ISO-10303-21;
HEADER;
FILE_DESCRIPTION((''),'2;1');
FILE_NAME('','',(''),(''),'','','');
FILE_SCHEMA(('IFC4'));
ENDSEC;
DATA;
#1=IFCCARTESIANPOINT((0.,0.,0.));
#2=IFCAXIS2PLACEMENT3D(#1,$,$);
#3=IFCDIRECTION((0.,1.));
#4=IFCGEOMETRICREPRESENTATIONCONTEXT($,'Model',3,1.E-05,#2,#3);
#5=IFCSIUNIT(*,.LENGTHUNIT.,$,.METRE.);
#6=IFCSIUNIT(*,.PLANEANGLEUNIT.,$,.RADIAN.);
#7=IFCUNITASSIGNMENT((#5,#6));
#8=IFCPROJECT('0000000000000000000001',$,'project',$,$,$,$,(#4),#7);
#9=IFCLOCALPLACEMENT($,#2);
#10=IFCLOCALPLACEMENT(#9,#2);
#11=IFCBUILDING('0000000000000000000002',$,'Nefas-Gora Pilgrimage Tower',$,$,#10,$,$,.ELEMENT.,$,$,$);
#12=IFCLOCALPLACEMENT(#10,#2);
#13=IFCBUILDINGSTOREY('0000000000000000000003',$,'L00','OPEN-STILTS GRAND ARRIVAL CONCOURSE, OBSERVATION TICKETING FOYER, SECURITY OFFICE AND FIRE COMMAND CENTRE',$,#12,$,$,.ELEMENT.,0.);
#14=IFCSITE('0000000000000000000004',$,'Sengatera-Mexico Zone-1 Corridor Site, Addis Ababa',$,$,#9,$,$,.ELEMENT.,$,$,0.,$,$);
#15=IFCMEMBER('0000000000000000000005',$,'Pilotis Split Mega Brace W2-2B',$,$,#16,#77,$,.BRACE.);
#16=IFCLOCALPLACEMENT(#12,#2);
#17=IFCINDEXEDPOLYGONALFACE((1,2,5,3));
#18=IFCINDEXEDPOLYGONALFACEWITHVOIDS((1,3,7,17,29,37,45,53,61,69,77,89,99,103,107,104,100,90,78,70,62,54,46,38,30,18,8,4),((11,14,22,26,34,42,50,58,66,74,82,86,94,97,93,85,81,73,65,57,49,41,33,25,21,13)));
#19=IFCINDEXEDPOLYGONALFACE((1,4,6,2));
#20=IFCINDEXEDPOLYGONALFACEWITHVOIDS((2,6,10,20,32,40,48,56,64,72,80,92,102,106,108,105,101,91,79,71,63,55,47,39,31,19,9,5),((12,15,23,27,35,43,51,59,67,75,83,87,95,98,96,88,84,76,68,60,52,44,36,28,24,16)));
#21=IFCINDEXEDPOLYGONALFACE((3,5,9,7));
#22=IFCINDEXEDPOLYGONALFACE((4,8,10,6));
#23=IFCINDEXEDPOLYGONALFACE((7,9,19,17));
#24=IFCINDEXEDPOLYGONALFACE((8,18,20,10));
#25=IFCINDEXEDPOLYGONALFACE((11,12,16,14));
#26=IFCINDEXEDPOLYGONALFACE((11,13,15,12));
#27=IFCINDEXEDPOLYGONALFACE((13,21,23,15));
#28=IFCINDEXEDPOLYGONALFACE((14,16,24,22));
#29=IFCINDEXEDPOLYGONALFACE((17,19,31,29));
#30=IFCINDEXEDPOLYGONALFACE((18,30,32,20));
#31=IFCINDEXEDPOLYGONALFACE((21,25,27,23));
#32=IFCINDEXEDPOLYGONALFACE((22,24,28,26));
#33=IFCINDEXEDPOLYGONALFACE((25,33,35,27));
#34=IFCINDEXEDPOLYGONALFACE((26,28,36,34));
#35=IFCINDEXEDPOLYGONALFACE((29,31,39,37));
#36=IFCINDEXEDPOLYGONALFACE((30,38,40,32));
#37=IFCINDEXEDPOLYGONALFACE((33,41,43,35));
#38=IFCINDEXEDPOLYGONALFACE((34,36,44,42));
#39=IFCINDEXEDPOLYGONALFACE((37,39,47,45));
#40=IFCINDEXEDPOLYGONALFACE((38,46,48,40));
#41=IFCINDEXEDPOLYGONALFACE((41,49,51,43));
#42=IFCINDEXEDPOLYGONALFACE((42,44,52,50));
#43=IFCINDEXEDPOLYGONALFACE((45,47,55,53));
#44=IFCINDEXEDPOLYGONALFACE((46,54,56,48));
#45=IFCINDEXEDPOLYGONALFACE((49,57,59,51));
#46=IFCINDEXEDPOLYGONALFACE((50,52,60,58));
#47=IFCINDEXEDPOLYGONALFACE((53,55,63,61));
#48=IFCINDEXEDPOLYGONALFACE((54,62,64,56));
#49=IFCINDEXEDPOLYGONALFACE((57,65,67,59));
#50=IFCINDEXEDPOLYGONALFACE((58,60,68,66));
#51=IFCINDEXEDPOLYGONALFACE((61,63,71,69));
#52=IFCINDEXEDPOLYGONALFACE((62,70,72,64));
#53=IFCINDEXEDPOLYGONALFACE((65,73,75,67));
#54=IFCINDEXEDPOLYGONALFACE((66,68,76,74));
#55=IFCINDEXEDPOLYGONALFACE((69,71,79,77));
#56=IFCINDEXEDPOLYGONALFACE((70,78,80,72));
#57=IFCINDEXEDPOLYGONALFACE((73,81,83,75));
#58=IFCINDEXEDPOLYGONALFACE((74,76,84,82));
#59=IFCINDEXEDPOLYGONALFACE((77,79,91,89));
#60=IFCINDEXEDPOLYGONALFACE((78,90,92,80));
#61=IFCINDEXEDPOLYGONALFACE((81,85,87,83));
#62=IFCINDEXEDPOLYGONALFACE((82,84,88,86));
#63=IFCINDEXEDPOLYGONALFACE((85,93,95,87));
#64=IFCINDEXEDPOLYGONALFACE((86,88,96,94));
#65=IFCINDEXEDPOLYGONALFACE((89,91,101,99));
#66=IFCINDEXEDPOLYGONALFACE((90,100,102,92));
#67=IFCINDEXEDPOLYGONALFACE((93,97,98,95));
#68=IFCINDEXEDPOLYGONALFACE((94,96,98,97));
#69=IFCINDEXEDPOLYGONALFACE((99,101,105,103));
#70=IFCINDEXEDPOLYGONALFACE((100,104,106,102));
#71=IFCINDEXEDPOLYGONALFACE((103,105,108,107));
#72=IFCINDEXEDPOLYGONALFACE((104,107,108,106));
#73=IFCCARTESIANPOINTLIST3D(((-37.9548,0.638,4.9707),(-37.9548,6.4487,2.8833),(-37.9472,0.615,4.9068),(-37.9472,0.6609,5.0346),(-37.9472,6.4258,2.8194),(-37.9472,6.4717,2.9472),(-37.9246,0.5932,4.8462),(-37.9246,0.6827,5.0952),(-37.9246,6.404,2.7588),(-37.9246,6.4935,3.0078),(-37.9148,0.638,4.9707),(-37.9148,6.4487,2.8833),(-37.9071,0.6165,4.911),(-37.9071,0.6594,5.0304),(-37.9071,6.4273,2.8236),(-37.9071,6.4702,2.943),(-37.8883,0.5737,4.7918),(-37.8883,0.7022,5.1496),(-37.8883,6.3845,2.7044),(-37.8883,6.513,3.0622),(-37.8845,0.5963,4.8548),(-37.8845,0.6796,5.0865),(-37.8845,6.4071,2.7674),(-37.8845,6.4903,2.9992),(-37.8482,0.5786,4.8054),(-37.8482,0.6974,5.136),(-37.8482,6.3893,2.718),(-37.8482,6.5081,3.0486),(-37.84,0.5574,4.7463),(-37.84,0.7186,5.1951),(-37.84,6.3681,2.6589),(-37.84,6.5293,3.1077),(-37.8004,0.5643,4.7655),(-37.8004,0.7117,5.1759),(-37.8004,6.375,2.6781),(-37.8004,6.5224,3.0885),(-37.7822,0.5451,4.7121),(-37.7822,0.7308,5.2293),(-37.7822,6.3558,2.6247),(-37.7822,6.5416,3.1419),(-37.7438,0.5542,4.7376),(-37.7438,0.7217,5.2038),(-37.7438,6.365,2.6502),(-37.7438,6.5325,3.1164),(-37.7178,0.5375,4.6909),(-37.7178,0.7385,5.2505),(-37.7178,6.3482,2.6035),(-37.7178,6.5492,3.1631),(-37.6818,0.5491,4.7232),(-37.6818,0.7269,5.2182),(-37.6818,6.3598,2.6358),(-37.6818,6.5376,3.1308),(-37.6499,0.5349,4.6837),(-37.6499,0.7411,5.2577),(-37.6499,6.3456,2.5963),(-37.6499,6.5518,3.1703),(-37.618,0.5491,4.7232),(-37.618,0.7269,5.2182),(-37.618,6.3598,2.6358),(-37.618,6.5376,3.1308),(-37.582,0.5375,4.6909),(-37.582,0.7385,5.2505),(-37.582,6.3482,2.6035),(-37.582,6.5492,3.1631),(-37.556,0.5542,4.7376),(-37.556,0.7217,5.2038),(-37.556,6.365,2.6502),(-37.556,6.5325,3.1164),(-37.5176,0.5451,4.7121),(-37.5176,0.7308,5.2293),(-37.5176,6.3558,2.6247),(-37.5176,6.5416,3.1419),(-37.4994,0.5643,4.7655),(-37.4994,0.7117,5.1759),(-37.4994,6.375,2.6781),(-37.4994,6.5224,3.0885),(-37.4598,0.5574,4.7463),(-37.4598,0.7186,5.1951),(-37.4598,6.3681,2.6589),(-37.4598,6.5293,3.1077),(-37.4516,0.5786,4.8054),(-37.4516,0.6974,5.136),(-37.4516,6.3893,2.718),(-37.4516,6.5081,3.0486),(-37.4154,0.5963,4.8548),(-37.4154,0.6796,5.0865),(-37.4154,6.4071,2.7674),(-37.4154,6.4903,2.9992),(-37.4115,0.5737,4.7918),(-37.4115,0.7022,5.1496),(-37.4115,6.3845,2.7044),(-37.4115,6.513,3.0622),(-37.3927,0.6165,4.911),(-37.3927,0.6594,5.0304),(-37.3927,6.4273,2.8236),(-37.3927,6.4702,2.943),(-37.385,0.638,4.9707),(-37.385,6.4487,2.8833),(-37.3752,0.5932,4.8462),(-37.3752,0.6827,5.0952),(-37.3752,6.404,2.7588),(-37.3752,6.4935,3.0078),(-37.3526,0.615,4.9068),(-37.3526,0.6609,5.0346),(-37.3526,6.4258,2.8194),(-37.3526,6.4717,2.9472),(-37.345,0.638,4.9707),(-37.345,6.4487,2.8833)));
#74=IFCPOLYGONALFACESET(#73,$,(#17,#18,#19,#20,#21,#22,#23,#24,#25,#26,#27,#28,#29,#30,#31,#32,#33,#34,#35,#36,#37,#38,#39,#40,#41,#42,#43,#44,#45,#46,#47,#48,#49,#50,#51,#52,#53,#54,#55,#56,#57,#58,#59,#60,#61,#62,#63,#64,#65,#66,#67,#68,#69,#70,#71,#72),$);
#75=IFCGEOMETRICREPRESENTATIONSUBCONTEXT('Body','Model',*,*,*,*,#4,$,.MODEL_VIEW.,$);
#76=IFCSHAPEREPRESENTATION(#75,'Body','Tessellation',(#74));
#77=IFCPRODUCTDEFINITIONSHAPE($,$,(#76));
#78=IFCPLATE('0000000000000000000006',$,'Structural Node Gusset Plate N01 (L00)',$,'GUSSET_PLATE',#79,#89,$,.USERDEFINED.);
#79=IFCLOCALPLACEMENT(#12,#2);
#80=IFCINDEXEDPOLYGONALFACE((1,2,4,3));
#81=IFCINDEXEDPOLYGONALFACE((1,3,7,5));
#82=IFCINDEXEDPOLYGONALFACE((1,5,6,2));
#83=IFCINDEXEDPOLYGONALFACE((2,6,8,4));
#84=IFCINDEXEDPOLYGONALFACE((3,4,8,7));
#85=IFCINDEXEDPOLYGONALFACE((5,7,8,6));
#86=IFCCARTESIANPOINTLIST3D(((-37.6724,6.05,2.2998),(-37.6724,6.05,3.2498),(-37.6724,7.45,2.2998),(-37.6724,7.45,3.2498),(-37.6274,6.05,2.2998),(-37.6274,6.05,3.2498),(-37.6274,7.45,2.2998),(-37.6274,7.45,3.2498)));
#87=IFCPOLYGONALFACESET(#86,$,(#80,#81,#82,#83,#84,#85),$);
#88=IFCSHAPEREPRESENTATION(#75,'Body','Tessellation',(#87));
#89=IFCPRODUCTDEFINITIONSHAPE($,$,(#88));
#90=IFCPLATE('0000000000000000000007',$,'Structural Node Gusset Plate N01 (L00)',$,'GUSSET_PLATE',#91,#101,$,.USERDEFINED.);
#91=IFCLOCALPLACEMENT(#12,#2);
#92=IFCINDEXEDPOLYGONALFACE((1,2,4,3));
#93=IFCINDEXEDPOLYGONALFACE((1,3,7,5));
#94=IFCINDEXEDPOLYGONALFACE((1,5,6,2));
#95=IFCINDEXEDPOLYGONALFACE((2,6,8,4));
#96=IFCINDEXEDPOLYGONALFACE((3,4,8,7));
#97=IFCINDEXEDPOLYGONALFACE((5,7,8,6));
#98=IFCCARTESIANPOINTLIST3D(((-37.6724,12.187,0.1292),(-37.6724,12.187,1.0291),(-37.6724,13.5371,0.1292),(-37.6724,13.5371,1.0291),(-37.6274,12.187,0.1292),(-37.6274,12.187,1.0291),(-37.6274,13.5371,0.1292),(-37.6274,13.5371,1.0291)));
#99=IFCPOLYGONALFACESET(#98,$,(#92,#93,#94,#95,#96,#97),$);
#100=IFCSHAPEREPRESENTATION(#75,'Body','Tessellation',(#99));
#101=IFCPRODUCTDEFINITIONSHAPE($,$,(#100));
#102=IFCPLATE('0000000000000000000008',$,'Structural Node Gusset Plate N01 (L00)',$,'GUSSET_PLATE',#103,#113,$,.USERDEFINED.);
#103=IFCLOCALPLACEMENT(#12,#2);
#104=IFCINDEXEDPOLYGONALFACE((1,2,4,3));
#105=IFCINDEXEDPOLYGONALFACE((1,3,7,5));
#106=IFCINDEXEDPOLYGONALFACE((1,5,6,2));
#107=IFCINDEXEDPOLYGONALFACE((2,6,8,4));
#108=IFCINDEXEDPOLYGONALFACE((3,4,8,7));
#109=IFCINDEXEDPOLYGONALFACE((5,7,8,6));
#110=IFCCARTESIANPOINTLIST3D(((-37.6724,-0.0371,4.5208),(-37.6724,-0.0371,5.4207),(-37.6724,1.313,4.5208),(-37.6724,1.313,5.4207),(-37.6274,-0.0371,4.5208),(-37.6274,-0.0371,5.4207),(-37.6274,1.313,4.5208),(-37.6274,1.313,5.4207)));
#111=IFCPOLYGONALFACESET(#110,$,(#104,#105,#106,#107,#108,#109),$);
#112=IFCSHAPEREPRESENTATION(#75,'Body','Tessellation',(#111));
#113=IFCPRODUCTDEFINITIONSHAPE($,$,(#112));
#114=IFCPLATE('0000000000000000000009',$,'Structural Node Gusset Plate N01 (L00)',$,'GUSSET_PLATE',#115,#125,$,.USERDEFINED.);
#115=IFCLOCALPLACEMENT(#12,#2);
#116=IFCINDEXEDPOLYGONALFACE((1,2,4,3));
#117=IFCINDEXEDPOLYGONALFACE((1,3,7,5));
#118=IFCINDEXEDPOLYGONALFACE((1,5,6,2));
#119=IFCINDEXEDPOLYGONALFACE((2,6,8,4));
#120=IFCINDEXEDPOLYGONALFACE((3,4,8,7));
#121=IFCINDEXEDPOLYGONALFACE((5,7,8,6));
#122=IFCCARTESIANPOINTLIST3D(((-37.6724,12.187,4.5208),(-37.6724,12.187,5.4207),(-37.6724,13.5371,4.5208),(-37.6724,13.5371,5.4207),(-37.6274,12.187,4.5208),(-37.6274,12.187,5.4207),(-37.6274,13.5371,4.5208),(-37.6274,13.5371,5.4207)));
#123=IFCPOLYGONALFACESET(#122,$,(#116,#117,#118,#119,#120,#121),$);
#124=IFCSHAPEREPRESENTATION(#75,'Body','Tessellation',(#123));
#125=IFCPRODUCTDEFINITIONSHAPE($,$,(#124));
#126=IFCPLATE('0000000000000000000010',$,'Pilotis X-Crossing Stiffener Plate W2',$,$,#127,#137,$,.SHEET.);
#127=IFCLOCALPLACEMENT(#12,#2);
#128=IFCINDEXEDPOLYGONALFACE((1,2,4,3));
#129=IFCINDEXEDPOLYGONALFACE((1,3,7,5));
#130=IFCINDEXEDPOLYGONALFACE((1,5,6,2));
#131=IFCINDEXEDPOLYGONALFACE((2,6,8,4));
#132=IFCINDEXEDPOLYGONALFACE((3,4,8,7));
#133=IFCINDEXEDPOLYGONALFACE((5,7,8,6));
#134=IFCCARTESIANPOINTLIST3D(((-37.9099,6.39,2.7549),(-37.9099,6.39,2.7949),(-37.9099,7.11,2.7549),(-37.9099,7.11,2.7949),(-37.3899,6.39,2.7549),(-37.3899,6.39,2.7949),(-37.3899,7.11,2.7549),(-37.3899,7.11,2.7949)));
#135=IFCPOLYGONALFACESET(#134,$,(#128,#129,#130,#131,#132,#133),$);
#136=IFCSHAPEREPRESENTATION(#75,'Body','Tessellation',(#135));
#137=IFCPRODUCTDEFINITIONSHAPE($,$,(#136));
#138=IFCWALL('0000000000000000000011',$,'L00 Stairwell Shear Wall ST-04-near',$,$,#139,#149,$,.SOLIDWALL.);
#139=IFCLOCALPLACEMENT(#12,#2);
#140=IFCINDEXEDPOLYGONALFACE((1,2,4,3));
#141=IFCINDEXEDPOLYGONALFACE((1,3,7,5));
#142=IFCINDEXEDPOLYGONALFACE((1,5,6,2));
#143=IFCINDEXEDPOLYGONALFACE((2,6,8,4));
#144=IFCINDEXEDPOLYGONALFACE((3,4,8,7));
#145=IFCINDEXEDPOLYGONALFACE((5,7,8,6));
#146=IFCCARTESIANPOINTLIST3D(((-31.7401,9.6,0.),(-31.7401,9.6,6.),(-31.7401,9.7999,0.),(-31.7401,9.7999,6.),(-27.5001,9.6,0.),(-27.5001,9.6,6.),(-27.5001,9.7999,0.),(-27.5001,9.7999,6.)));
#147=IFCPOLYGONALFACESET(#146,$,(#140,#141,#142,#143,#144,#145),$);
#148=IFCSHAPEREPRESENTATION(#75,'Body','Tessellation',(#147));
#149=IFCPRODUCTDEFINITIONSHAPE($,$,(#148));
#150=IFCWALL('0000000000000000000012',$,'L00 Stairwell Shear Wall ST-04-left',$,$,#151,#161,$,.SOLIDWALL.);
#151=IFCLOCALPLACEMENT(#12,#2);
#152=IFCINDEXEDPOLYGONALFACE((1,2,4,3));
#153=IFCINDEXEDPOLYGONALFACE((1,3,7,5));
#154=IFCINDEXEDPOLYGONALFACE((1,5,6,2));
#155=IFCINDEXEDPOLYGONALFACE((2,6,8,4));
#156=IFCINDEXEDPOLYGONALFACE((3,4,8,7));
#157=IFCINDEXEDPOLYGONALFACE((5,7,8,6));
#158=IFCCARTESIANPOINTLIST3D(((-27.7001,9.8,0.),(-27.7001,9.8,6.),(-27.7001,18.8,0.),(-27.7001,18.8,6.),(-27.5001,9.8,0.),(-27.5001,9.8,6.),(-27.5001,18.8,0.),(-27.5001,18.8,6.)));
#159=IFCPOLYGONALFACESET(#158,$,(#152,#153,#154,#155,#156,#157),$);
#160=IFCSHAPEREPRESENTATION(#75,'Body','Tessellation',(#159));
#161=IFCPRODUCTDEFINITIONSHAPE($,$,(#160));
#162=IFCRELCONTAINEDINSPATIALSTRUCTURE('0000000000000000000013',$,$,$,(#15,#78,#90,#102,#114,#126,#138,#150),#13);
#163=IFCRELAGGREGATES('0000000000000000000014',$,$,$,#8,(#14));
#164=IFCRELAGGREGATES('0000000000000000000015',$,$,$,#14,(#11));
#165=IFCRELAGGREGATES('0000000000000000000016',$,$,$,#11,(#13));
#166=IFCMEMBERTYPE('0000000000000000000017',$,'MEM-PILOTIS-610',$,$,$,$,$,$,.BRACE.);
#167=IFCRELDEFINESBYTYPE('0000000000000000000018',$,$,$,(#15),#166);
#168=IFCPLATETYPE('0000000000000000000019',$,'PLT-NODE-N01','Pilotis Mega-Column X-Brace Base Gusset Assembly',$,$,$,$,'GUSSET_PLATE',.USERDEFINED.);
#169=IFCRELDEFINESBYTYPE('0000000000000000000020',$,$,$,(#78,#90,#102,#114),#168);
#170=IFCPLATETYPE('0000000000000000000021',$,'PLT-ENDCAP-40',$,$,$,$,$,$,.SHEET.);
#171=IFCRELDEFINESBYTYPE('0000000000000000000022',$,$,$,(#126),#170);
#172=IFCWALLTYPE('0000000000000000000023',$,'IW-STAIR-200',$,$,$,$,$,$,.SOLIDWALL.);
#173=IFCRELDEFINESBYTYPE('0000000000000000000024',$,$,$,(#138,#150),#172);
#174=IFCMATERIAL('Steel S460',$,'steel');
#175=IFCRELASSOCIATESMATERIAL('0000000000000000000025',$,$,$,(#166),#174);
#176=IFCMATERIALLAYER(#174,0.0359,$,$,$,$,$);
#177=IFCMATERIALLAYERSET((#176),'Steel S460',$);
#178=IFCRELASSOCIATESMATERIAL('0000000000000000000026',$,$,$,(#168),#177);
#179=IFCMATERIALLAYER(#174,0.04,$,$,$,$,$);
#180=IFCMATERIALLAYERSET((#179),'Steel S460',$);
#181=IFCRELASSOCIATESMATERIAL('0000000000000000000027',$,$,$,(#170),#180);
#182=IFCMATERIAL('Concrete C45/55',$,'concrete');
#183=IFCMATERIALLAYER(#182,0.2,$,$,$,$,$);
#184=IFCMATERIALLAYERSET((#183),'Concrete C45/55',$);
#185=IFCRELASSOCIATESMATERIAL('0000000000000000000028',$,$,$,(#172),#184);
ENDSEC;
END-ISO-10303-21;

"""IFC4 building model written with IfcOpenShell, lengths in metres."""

from ifc_helpers import new_model, si_unit, direction, frame, frame_2d, origin, origin_2d, place, context, subcontext, project, spatial, rectangle, hollow_circle, extrude, source, transform, mapped, material, layer, layer_set, material_profile, profile_set, type_object, element, save


model = new_model("IFC4")

# Units and contexts
model_context = context("Model", 3, precision=1e-05, world=origin(), true_north=direction((0.0, 1.0)))
body_context = subcontext(model_context, "Body", "Model", "MODEL_VIEW")
ifc_project = project(units=[si_unit("LENGTHUNIT", "METRE"), si_unit("PLANEANGLEUNIT", "RADIAN")], contexts=[model_context])

# Site, building, storey
site_placement = place(None, origin())
site = spatial("IfcSite", under=ifc_project, at=site_placement, Name="Sengatera-Mexico Zone-1 Corridor Site, Addis Ababa", CompositionType="ELEMENT", RefElevation=0.0)
building_placement = place(site_placement, origin())
building = spatial("IfcBuilding", under=site, at=building_placement, Name="Nefas-Gora Pilgrimage Tower", CompositionType="ELEMENT")
storey_placement = place(building_placement, origin())
storey = spatial("IfcBuildingStorey", under=building, at=storey_placement, Name="L00", Description="OPEN-STILTS GRAND ARRIVAL CONCOURSE, OBSERVATION TICKETING FOYER, SECURITY OFFICE AND FIRE COMMAND CENTRE", CompositionType="ELEMENT", Elevation=0.0)

# Shared definitions
ifc_material_1 = material(Name="Steel S460", Category="steel")

# Member
ifc_material_profile_1 = material_profile(ifc_material_1, hollow_circle(Radius=0.3049, WallThickness=0.04, at=origin_2d()), Name="CHS 610x40")
ifc_profile_set_1 = profile_set([ifc_material_profile_1], Name="Steel S460")
member_type = type_object("IfcMemberType", Name="MEM-PILOTIS-610", PredefinedType="BRACE", material=ifc_profile_set_1)
shared_shape_1 = source(origin(), body_context, "Body", "SweptSolid", [
    extrude(hollow_circle(Radius=0.3049, WallThickness=0.04, at=origin_2d()), origin(), (0.0, 0.0, 1.0), 6.1743),
])
for number, where, z_axis, x_axis, name in (
    (1, (-37.6499, 6.4487, 2.8833), (0.0, -0.941119, 0.338077), (1.0, 0.0, 0.0), "Pilotis Split Mega Brace W2-2B"),
):
    element("IfcMember", number, at=place(storey_placement, frame(where, z_axis=z_axis, x_axis=x_axis)), inside=storey, type_object=member_type, Name=name, PredefinedType="BRACE", context=body_context, shape_type="MappedRepresentation", body=[
        mapped(shared_shape_1, transform((0.0, 0.0, 0.0), x_axis=(1.0, 0.0, 0.0), y_axis=(0.0, 1.0, 0.0), z_axis=(0.0, 0.0, 1.0), scale=1.0)),
    ])

# Plates
ifc_layer_1 = layer(ifc_material_1, 0.0359)
ifc_layer_set_1 = layer_set([ifc_layer_1], Name="Steel S460")
plate_type_1 = type_object("IfcPlateType", Name="PLT-NODE-N01", Description="Pilotis Mega-Column X-Brace Base Gusset Assembly", ElementType="GUSSET_PLATE", PredefinedType="USERDEFINED", material=ifc_layer_set_1)
shared_shape_2 = source(origin(), body_context, "Body", "SweptSolid", [
    extrude(rectangle(XDim=1.3999, YDim=0.0449, at=origin_2d()), origin(), (0.0, 0.0, 1.0), 0.95),
])
plate_1_placement = place(storey_placement, frame((-37.6499, 6.75, 2.2998), z_axis=(0.0, 0.0, 1.0), x_axis=(0.0, 1.0, 0.0)))
element("IfcPlate", 2, at=plate_1_placement, inside=storey, type_object=plate_type_1, Name="Structural Node Gusset Plate N01 (L00)", ObjectType="GUSSET_PLATE", PredefinedType="USERDEFINED", context=body_context, shape_type="MappedRepresentation", body=[
    mapped(shared_shape_2, transform((0.0, 0.0, 0.0), x_axis=(1.0, 0.0, 0.0), y_axis=(0.0, 1.0, 0.0), z_axis=(0.0, 0.0, 1.0), scale=1.0)),
])
shared_shape_3 = source(origin(), body_context, "Body", "SweptSolid", [
    extrude(rectangle(XDim=1.3501, YDim=0.0449, at=origin_2d()), origin(), (0.0, 0.0, 1.0), 0.8999),
])
for number, where, z_axis, x_axis, name in (
    (3, (-37.6499, 12.8621, 0.1292), (0.0, 0.0, 1.0), (0.0, 1.0, 0.0), "Structural Node Gusset Plate N01 (L00)"),
    (4, (-37.6499, 0.6379, 4.5208), (0.0, 0.0, 1.0), (0.0, 1.0, 0.0), "Structural Node Gusset Plate N01 (L00)"),
    (5, (-37.6499, 12.8621, 4.5208), (0.0, 0.0, 1.0), (0.0, 1.0, 0.0), "Structural Node Gusset Plate N01 (L00)"),
):
    element("IfcPlate", number, at=place(storey_placement, frame(where, z_axis=z_axis, x_axis=x_axis)), inside=storey, type_object=plate_type_1, Name=name, ObjectType="GUSSET_PLATE", PredefinedType="USERDEFINED", context=body_context, shape_type="MappedRepresentation", body=[
        mapped(shared_shape_3, transform((0.0, 0.0, 0.0), x_axis=(1.0, 0.0, 0.0), y_axis=(0.0, 1.0, 0.0), z_axis=(0.0, 0.0, 1.0), scale=1.0)),
    ])
ifc_layer_2 = layer(ifc_material_1, 0.04)
ifc_layer_set_2 = layer_set([ifc_layer_2], Name="Steel S460")
plate_type_2 = type_object("IfcPlateType", Name="PLT-ENDCAP-40", PredefinedType="SHEET", material=ifc_layer_set_2)
shared_shape_4 = source(origin(), body_context, "Body", "SweptSolid", [
    extrude(rectangle(XDim=0.72, YDim=0.52, at=origin_2d()), origin(), (0.0, 0.0, 1.0), 0.04),
])
plate_2_placement = place(storey_placement, frame((-37.6499, 6.75, 2.7549), z_axis=(0.0, 0.0, 1.0), x_axis=(0.0, 1.0, 0.0)))
element("IfcPlate", 6, at=plate_2_placement, inside=storey, type_object=plate_type_2, Name="Pilotis X-Crossing Stiffener Plate W2", PredefinedType="SHEET", context=body_context, shape_type="MappedRepresentation", body=[
    mapped(shared_shape_4, transform((0.0, 0.0, 0.0), x_axis=(1.0, 0.0, 0.0), y_axis=(0.0, 1.0, 0.0), z_axis=(0.0, 0.0, 1.0), scale=1.0)),
])

# Walls
ifc_material_2 = material(Name="Concrete C45/55", Category="concrete")
ifc_layer_3 = layer(ifc_material_2, 0.2)
ifc_layer_set_3 = layer_set([ifc_layer_3], Name="Concrete C45/55")
wall_type_1 = type_object("IfcWallType", Name="IW-STAIR-200", PredefinedType="SOLIDWALL", material=ifc_layer_set_3)
shared_shape_5 = source(origin(), body_context, "Body", "SweptSolid", [
    extrude(rectangle(XDim=4.24, YDim=0.2, at=frame_2d((2.1201, 0.0))), origin(), (0.0, 0.0, 1.0), 6.0),
])
wall_1_placement = place(storey_placement, frame((-27.5, 9.7, 0.0), z_axis=(0.0, 0.0, 1.0), x_axis=(-1.0, 0.0, 0.0)))
element("IfcWall", 7, at=wall_1_placement, inside=storey, type_object=wall_type_1, Name="L00 Stairwell Shear Wall ST-04-near", PredefinedType="SOLIDWALL", context=body_context, shape_type="MappedRepresentation", body=[
    mapped(shared_shape_5, transform((0.0, 0.0, 0.0), x_axis=(1.0, 0.0, 0.0), y_axis=(0.0, 1.0, 0.0), z_axis=(0.0, 0.0, 1.0), scale=1.0)),
])
shared_shape_6 = source(origin(), body_context, "Body", "SweptSolid", [
    extrude(rectangle(XDim=9.0, YDim=0.2, at=frame_2d((4.5, 0.0))), origin(), (0.0, 0.0, 1.0), 6.0),
])
wall_2_placement = place(storey_placement, frame((-27.6001, 9.8, 0.0), z_axis=(0.0, 0.0, 1.0), x_axis=(0.0, 1.0, 0.0)))
element("IfcWall", 8, at=wall_2_placement, inside=storey, type_object=wall_type_1, Name="L00 Stairwell Shear Wall ST-04-left", PredefinedType="SOLIDWALL", context=body_context, shape_type="MappedRepresentation", body=[
    mapped(shared_shape_6, transform((0.0, 0.0, 0.0), x_axis=(1.0, 0.0, 0.0), y_axis=(0.0, 1.0, 0.0), z_axis=(0.0, 0.0, 1.0), scale=1.0)),
])

save(model, "model.ifc")
